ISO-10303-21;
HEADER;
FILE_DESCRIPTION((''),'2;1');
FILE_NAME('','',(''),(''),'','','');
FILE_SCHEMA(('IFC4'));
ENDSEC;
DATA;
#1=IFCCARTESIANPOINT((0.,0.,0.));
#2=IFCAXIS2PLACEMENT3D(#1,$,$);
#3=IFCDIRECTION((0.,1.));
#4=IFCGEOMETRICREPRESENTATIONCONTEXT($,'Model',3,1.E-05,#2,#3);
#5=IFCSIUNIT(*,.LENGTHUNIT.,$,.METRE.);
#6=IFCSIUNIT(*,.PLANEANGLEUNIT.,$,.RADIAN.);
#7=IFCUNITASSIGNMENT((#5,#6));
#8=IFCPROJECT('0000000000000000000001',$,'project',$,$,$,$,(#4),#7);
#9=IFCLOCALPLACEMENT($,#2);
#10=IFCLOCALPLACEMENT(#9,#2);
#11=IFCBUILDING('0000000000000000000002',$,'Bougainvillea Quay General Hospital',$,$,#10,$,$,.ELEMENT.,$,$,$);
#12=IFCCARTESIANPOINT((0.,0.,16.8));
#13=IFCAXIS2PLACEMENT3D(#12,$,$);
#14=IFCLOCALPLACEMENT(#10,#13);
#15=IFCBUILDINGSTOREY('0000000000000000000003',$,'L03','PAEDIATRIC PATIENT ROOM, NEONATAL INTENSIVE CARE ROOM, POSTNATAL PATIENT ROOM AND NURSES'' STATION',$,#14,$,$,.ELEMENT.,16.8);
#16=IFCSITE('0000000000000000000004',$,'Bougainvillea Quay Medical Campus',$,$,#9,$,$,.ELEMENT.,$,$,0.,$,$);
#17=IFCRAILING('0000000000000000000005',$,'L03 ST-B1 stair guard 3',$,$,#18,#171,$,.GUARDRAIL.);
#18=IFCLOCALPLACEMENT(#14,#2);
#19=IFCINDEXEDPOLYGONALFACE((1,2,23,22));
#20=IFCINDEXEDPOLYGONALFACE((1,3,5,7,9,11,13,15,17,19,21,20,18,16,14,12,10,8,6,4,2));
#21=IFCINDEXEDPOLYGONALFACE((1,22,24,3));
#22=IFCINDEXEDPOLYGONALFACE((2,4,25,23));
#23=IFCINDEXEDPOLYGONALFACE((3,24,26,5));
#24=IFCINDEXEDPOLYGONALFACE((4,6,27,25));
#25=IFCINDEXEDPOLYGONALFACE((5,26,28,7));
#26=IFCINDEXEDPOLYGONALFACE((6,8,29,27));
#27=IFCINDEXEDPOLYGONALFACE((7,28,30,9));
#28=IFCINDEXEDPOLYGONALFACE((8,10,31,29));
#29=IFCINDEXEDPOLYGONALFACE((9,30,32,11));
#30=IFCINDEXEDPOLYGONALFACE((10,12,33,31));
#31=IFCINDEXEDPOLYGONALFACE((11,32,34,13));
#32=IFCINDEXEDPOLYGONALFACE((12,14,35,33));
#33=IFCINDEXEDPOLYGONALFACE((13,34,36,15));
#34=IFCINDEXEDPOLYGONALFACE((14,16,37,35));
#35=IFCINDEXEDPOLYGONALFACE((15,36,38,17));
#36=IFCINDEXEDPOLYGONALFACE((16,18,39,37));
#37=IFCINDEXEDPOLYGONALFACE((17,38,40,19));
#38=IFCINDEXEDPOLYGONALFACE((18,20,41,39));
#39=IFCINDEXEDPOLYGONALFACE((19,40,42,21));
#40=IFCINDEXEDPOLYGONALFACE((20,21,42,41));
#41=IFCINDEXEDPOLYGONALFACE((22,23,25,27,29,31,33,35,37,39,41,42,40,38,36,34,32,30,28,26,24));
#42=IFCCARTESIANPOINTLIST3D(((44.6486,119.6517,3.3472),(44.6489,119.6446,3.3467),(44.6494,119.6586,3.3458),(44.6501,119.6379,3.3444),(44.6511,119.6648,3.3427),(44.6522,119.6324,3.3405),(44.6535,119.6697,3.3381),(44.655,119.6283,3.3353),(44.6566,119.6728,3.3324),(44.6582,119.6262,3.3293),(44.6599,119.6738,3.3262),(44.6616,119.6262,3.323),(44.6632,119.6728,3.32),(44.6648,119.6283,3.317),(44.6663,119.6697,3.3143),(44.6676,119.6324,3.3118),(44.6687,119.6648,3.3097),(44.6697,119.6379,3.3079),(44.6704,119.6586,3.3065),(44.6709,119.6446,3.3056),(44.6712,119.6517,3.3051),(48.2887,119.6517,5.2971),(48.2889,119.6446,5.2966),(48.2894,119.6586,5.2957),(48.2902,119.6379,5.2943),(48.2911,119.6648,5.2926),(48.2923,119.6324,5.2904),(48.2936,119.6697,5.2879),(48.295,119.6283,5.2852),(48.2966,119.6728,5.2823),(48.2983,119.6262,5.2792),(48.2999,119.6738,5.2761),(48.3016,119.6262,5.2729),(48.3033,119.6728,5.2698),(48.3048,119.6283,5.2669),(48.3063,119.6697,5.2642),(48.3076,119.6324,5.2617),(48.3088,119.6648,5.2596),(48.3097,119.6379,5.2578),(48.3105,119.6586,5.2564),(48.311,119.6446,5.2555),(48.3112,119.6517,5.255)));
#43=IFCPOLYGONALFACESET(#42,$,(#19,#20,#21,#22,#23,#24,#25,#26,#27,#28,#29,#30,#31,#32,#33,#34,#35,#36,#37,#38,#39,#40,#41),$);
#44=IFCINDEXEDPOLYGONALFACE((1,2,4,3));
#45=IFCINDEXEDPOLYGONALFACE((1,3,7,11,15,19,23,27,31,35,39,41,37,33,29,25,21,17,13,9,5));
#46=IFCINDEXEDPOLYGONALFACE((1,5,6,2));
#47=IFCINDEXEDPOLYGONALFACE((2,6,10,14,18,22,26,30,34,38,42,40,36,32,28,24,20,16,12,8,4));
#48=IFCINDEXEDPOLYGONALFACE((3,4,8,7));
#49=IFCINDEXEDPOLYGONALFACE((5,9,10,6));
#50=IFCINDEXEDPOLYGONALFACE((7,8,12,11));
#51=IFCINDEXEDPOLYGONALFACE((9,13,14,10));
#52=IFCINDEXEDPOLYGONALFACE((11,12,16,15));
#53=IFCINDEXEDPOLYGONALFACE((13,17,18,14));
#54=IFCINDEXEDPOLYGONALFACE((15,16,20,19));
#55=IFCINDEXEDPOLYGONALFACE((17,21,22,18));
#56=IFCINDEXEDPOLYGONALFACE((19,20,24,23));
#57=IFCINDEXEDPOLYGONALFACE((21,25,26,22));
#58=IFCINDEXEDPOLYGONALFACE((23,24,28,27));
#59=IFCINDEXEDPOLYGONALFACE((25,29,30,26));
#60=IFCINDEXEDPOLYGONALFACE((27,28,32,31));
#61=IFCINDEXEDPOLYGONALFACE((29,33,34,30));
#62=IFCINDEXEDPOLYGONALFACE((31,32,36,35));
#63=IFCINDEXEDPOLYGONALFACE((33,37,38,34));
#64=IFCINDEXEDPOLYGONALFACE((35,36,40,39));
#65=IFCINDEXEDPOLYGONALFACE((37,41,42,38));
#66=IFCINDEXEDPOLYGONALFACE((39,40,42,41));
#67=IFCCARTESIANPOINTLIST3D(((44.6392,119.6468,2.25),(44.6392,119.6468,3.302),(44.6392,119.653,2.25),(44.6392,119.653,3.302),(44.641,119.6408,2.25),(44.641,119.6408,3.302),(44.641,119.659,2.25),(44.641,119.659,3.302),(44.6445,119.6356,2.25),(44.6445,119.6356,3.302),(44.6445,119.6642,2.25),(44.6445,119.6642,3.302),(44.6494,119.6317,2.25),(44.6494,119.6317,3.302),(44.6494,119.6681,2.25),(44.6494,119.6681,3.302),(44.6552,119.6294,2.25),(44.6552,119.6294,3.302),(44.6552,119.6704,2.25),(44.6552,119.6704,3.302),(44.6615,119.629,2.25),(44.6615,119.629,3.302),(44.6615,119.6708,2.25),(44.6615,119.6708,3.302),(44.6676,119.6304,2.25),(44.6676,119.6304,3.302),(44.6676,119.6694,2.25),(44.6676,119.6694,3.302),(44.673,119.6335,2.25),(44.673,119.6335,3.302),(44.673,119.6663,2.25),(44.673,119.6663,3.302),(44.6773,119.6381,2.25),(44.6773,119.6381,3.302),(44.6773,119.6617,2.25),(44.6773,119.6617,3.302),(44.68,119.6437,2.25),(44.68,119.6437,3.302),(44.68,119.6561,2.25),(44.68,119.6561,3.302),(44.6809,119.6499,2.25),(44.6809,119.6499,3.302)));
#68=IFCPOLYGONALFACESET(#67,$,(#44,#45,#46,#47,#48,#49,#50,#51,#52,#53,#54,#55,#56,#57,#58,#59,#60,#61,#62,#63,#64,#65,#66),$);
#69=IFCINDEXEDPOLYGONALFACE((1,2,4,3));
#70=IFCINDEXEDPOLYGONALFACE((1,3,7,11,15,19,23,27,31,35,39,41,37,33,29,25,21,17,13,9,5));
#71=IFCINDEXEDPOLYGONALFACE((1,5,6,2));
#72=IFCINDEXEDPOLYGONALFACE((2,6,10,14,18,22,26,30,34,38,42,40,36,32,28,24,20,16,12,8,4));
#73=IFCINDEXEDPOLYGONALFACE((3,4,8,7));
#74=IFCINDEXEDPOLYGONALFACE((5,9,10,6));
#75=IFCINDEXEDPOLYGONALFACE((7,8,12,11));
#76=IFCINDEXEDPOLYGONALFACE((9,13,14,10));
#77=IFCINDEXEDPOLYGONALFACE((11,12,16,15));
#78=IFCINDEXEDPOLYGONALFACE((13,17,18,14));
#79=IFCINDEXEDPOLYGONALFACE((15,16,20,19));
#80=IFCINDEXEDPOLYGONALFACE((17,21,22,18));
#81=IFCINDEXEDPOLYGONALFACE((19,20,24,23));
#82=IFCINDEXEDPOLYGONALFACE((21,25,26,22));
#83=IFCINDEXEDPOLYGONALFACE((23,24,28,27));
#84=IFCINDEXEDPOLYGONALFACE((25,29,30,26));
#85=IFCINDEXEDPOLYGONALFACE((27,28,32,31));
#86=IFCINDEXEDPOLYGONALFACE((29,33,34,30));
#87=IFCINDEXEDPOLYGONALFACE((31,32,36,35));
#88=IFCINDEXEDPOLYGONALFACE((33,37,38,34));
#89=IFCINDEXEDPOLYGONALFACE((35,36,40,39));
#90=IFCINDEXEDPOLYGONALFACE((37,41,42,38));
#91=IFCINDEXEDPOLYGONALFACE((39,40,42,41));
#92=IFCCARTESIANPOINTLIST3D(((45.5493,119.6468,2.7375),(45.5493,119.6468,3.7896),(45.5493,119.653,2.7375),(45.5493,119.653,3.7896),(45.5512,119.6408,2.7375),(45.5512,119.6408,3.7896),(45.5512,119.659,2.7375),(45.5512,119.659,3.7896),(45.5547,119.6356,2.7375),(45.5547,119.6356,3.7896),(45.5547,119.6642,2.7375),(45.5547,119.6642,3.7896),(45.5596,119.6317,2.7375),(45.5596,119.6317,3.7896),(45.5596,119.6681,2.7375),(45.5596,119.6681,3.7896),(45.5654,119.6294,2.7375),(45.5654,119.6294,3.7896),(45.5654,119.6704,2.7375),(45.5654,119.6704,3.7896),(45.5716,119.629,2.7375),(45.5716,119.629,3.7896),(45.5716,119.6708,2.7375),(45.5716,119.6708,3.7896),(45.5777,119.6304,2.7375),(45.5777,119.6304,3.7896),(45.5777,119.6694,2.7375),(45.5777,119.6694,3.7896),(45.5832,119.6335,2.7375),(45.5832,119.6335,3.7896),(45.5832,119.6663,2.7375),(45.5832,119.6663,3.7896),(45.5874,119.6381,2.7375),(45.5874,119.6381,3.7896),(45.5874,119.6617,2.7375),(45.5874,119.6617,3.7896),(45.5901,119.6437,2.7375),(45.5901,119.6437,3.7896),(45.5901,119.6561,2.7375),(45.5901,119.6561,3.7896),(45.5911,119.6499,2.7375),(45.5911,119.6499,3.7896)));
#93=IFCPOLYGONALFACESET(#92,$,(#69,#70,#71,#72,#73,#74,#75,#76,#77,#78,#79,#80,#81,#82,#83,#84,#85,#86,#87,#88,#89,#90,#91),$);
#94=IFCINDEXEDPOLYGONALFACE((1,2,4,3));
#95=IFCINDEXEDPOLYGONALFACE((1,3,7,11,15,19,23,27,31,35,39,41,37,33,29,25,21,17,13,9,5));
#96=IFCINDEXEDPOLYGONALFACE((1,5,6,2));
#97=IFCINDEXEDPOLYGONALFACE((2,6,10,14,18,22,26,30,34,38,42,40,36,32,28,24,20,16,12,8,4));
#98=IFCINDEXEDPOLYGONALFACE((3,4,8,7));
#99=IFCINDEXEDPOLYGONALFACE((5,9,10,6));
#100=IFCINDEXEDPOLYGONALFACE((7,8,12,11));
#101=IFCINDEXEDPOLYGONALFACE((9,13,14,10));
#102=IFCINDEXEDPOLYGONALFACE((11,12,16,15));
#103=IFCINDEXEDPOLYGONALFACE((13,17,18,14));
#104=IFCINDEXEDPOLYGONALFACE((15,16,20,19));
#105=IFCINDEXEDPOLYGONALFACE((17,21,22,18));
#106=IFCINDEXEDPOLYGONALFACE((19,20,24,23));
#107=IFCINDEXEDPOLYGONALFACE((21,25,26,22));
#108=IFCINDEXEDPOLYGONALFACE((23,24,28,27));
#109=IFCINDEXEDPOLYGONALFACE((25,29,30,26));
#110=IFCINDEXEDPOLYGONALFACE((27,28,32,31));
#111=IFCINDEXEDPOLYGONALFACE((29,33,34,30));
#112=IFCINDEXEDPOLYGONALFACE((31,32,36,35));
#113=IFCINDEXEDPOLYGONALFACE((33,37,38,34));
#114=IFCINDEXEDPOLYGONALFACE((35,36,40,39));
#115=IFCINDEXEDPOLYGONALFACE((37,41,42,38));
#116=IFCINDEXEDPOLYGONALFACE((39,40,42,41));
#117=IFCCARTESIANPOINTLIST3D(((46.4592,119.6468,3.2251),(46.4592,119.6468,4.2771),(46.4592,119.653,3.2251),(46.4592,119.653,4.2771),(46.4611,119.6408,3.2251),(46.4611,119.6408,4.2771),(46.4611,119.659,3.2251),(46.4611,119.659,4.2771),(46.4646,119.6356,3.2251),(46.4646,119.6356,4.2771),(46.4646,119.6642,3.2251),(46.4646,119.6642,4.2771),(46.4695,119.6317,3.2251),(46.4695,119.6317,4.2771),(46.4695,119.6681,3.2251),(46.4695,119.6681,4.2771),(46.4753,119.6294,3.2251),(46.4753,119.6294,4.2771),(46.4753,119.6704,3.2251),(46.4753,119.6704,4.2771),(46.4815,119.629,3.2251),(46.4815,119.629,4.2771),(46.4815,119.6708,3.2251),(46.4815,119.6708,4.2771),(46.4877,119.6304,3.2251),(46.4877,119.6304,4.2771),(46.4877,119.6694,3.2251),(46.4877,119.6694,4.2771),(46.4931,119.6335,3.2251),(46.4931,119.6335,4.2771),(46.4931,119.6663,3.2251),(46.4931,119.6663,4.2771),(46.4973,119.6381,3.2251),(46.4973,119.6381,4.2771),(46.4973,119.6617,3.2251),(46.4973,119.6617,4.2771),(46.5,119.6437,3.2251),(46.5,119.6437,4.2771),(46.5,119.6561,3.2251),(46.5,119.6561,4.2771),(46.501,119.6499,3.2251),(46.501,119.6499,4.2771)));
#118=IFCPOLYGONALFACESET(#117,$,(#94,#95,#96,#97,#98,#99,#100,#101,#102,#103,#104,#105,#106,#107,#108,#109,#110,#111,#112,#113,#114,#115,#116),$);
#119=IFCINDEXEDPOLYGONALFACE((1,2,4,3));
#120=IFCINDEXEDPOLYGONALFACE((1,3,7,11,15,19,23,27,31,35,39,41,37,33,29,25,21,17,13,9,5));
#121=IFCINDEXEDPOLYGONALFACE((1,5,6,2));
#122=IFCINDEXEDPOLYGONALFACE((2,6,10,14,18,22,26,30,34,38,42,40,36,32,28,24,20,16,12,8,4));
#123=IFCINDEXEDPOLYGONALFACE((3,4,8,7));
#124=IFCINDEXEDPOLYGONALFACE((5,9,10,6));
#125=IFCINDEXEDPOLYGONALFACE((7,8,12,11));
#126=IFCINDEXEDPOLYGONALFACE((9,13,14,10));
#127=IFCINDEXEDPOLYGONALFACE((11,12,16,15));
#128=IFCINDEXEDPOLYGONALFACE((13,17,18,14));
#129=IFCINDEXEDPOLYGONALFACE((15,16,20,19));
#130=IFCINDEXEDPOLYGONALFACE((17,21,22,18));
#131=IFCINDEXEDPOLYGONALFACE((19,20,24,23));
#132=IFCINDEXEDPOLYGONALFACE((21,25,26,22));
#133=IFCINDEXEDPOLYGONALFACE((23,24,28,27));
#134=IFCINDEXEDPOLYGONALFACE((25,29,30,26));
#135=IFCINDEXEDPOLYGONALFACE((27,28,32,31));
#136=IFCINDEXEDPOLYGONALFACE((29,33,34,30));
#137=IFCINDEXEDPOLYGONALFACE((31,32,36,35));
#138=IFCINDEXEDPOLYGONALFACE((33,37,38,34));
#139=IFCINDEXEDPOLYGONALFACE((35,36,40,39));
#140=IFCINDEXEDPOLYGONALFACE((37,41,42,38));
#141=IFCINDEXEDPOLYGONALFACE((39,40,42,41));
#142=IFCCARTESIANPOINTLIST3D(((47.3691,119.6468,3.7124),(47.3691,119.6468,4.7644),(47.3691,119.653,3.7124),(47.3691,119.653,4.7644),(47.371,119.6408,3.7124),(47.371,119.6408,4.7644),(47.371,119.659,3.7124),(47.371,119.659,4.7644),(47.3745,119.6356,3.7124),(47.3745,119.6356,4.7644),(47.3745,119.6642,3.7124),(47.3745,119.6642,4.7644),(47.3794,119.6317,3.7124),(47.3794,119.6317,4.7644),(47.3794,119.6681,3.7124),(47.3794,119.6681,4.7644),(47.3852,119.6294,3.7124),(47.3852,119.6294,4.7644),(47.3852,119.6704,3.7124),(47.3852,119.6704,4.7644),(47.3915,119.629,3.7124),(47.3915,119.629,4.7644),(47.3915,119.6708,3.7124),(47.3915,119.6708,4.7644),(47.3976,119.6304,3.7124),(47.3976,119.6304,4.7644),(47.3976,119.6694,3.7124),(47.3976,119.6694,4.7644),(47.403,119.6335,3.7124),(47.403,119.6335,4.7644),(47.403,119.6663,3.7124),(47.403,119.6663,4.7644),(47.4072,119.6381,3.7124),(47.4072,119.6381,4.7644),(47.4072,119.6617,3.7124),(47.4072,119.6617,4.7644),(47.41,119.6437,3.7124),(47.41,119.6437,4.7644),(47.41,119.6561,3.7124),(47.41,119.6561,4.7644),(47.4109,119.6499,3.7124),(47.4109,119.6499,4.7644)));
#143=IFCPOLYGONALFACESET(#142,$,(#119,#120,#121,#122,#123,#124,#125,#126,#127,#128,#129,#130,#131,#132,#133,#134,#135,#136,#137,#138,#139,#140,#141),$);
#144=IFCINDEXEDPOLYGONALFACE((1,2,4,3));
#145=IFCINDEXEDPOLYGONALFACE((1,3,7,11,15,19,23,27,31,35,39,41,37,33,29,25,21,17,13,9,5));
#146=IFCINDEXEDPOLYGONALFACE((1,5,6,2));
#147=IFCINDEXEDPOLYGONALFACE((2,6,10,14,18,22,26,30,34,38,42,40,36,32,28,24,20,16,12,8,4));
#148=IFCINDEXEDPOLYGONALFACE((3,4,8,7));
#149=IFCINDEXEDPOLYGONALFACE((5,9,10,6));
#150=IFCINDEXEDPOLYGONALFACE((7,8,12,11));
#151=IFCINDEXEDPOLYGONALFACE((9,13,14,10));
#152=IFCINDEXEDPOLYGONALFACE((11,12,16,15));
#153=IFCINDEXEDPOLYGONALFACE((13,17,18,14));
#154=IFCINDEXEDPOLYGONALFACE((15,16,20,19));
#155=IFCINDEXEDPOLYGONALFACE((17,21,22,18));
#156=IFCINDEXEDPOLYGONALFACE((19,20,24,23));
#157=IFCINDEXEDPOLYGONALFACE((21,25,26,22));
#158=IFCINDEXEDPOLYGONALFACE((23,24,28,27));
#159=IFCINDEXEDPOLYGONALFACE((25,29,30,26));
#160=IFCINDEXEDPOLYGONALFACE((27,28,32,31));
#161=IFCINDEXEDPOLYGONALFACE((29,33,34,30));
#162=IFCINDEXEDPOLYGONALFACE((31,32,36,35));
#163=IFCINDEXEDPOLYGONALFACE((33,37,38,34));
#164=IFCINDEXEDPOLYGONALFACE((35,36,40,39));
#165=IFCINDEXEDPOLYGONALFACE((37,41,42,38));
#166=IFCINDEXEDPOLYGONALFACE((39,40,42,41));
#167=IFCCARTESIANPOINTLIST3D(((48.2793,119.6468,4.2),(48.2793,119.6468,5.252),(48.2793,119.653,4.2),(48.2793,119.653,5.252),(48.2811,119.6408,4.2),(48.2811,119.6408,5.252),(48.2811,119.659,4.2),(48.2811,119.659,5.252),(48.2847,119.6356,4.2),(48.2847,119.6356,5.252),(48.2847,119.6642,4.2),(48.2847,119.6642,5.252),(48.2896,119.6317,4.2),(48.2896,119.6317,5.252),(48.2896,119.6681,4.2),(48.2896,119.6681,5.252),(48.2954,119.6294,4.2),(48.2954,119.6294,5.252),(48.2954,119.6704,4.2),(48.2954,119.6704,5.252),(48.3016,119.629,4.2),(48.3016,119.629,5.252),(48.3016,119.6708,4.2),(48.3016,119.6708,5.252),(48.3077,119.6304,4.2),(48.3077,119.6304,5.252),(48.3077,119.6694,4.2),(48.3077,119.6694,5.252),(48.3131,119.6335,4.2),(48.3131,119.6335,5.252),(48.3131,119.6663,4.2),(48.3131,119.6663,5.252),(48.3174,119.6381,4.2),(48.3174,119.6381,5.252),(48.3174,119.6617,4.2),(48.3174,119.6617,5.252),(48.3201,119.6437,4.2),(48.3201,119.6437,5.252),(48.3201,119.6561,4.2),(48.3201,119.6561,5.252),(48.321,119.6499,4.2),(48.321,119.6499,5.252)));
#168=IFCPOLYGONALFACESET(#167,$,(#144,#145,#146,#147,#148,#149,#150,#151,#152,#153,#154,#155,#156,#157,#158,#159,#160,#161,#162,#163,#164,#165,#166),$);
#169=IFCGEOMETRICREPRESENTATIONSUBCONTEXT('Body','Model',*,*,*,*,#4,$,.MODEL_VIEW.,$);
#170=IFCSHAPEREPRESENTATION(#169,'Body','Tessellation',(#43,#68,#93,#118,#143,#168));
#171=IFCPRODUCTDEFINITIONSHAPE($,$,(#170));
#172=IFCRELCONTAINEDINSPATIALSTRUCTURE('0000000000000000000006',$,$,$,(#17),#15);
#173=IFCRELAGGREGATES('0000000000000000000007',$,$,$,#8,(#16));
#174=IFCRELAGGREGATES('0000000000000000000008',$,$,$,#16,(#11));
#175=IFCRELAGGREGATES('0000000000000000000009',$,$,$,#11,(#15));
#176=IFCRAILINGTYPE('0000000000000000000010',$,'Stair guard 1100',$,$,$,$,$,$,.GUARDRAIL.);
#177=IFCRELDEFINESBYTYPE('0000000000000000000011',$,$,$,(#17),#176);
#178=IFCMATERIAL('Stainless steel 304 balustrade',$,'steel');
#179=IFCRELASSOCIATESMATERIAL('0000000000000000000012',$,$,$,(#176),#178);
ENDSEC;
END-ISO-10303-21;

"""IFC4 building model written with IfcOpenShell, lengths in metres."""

from ifc_helpers import new_model, si_unit, direction, frame, origin, origin_2d, place, context, subcontext, project, spatial, circle, extrude, material, type_object, element, save


model = new_model("IFC4")

# Units and contexts
model_context = context("Model", 3, precision=1e-05, world=origin(), true_north=direction((0.0, 1.0)))
body_context = subcontext(model_context, "Body", "Model", "MODEL_VIEW")
ifc_project = project(units=[si_unit("LENGTHUNIT", "METRE"), si_unit("PLANEANGLEUNIT", "RADIAN")], contexts=[model_context])

# Site, building, storey
site_placement = place(None, origin())
site = spatial("IfcSite", under=ifc_project, at=site_placement, Name="Bougainvillea Quay Medical Campus", CompositionType="ELEMENT", RefElevation=0.0)
building_placement = place(site_placement, origin())
building = spatial("IfcBuilding", under=site, at=building_placement, Name="Bougainvillea Quay General Hospital", CompositionType="ELEMENT")
storey_placement = place(building_placement, frame((0.0, 0.0, 16.8)))
storey = spatial("IfcBuildingStorey", under=building, at=storey_placement, Name="L03", Description="PAEDIATRIC PATIENT ROOM, NEONATAL INTENSIVE CARE ROOM, POSTNATAL PATIENT ROOM AND NURSES' STATION", CompositionType="ELEMENT", Elevation=16.8)

# Railing
ifc_material_1 = material(Name="Stainless steel 304 balustrade", Category="steel")
railing_type_1 = type_object("IfcRailingType", Name="Stair guard 1100", PredefinedType="GUARDRAIL", material=ifc_material_1)
railing_1_placement = place(storey_placement, frame((44.6599, 119.6499, 2.25)))
element("IfcRailing", 1, at=railing_1_placement, inside=storey, type_object=railing_type_1, Name="L03 ST-B1 stair guard 3", PredefinedType="GUARDRAIL", context=body_context, shape_type="SweptSolid", body=[
    extrude(circle(Radius=0.0239, at=origin_2d()), frame((0.0, 0.0, 1.0762), z_axis=(0.881492, 0.0, 0.472198), x_axis=(0.0, 1.0, 0.0)), (0.0, 0.0, 1.0), 4.1294),
    extrude(circle(Radius=0.021, at=origin_2d()), origin(), (0.0, 0.0, 1.0), 1.052),
    extrude(circle(Radius=0.021, at=origin_2d()), frame((0.9102, 0.0, 0.4875)), (0.0, 0.0, 1.0), 1.052),
    extrude(circle(Radius=0.021, at=origin_2d()), frame((1.8201, 0.0, 0.9751)), (0.0, 0.0, 1.0), 1.052),
    extrude(circle(Radius=0.021, at=origin_2d()), frame((2.73, 0.0, 1.4624)), (0.0, 0.0, 1.0), 1.052),
    extrude(circle(Radius=0.021, at=origin_2d()), frame((3.6401, 0.0, 1.95)), (0.0, 0.0, 1.0), 1.052),
])

save(model, "model.ifc")
